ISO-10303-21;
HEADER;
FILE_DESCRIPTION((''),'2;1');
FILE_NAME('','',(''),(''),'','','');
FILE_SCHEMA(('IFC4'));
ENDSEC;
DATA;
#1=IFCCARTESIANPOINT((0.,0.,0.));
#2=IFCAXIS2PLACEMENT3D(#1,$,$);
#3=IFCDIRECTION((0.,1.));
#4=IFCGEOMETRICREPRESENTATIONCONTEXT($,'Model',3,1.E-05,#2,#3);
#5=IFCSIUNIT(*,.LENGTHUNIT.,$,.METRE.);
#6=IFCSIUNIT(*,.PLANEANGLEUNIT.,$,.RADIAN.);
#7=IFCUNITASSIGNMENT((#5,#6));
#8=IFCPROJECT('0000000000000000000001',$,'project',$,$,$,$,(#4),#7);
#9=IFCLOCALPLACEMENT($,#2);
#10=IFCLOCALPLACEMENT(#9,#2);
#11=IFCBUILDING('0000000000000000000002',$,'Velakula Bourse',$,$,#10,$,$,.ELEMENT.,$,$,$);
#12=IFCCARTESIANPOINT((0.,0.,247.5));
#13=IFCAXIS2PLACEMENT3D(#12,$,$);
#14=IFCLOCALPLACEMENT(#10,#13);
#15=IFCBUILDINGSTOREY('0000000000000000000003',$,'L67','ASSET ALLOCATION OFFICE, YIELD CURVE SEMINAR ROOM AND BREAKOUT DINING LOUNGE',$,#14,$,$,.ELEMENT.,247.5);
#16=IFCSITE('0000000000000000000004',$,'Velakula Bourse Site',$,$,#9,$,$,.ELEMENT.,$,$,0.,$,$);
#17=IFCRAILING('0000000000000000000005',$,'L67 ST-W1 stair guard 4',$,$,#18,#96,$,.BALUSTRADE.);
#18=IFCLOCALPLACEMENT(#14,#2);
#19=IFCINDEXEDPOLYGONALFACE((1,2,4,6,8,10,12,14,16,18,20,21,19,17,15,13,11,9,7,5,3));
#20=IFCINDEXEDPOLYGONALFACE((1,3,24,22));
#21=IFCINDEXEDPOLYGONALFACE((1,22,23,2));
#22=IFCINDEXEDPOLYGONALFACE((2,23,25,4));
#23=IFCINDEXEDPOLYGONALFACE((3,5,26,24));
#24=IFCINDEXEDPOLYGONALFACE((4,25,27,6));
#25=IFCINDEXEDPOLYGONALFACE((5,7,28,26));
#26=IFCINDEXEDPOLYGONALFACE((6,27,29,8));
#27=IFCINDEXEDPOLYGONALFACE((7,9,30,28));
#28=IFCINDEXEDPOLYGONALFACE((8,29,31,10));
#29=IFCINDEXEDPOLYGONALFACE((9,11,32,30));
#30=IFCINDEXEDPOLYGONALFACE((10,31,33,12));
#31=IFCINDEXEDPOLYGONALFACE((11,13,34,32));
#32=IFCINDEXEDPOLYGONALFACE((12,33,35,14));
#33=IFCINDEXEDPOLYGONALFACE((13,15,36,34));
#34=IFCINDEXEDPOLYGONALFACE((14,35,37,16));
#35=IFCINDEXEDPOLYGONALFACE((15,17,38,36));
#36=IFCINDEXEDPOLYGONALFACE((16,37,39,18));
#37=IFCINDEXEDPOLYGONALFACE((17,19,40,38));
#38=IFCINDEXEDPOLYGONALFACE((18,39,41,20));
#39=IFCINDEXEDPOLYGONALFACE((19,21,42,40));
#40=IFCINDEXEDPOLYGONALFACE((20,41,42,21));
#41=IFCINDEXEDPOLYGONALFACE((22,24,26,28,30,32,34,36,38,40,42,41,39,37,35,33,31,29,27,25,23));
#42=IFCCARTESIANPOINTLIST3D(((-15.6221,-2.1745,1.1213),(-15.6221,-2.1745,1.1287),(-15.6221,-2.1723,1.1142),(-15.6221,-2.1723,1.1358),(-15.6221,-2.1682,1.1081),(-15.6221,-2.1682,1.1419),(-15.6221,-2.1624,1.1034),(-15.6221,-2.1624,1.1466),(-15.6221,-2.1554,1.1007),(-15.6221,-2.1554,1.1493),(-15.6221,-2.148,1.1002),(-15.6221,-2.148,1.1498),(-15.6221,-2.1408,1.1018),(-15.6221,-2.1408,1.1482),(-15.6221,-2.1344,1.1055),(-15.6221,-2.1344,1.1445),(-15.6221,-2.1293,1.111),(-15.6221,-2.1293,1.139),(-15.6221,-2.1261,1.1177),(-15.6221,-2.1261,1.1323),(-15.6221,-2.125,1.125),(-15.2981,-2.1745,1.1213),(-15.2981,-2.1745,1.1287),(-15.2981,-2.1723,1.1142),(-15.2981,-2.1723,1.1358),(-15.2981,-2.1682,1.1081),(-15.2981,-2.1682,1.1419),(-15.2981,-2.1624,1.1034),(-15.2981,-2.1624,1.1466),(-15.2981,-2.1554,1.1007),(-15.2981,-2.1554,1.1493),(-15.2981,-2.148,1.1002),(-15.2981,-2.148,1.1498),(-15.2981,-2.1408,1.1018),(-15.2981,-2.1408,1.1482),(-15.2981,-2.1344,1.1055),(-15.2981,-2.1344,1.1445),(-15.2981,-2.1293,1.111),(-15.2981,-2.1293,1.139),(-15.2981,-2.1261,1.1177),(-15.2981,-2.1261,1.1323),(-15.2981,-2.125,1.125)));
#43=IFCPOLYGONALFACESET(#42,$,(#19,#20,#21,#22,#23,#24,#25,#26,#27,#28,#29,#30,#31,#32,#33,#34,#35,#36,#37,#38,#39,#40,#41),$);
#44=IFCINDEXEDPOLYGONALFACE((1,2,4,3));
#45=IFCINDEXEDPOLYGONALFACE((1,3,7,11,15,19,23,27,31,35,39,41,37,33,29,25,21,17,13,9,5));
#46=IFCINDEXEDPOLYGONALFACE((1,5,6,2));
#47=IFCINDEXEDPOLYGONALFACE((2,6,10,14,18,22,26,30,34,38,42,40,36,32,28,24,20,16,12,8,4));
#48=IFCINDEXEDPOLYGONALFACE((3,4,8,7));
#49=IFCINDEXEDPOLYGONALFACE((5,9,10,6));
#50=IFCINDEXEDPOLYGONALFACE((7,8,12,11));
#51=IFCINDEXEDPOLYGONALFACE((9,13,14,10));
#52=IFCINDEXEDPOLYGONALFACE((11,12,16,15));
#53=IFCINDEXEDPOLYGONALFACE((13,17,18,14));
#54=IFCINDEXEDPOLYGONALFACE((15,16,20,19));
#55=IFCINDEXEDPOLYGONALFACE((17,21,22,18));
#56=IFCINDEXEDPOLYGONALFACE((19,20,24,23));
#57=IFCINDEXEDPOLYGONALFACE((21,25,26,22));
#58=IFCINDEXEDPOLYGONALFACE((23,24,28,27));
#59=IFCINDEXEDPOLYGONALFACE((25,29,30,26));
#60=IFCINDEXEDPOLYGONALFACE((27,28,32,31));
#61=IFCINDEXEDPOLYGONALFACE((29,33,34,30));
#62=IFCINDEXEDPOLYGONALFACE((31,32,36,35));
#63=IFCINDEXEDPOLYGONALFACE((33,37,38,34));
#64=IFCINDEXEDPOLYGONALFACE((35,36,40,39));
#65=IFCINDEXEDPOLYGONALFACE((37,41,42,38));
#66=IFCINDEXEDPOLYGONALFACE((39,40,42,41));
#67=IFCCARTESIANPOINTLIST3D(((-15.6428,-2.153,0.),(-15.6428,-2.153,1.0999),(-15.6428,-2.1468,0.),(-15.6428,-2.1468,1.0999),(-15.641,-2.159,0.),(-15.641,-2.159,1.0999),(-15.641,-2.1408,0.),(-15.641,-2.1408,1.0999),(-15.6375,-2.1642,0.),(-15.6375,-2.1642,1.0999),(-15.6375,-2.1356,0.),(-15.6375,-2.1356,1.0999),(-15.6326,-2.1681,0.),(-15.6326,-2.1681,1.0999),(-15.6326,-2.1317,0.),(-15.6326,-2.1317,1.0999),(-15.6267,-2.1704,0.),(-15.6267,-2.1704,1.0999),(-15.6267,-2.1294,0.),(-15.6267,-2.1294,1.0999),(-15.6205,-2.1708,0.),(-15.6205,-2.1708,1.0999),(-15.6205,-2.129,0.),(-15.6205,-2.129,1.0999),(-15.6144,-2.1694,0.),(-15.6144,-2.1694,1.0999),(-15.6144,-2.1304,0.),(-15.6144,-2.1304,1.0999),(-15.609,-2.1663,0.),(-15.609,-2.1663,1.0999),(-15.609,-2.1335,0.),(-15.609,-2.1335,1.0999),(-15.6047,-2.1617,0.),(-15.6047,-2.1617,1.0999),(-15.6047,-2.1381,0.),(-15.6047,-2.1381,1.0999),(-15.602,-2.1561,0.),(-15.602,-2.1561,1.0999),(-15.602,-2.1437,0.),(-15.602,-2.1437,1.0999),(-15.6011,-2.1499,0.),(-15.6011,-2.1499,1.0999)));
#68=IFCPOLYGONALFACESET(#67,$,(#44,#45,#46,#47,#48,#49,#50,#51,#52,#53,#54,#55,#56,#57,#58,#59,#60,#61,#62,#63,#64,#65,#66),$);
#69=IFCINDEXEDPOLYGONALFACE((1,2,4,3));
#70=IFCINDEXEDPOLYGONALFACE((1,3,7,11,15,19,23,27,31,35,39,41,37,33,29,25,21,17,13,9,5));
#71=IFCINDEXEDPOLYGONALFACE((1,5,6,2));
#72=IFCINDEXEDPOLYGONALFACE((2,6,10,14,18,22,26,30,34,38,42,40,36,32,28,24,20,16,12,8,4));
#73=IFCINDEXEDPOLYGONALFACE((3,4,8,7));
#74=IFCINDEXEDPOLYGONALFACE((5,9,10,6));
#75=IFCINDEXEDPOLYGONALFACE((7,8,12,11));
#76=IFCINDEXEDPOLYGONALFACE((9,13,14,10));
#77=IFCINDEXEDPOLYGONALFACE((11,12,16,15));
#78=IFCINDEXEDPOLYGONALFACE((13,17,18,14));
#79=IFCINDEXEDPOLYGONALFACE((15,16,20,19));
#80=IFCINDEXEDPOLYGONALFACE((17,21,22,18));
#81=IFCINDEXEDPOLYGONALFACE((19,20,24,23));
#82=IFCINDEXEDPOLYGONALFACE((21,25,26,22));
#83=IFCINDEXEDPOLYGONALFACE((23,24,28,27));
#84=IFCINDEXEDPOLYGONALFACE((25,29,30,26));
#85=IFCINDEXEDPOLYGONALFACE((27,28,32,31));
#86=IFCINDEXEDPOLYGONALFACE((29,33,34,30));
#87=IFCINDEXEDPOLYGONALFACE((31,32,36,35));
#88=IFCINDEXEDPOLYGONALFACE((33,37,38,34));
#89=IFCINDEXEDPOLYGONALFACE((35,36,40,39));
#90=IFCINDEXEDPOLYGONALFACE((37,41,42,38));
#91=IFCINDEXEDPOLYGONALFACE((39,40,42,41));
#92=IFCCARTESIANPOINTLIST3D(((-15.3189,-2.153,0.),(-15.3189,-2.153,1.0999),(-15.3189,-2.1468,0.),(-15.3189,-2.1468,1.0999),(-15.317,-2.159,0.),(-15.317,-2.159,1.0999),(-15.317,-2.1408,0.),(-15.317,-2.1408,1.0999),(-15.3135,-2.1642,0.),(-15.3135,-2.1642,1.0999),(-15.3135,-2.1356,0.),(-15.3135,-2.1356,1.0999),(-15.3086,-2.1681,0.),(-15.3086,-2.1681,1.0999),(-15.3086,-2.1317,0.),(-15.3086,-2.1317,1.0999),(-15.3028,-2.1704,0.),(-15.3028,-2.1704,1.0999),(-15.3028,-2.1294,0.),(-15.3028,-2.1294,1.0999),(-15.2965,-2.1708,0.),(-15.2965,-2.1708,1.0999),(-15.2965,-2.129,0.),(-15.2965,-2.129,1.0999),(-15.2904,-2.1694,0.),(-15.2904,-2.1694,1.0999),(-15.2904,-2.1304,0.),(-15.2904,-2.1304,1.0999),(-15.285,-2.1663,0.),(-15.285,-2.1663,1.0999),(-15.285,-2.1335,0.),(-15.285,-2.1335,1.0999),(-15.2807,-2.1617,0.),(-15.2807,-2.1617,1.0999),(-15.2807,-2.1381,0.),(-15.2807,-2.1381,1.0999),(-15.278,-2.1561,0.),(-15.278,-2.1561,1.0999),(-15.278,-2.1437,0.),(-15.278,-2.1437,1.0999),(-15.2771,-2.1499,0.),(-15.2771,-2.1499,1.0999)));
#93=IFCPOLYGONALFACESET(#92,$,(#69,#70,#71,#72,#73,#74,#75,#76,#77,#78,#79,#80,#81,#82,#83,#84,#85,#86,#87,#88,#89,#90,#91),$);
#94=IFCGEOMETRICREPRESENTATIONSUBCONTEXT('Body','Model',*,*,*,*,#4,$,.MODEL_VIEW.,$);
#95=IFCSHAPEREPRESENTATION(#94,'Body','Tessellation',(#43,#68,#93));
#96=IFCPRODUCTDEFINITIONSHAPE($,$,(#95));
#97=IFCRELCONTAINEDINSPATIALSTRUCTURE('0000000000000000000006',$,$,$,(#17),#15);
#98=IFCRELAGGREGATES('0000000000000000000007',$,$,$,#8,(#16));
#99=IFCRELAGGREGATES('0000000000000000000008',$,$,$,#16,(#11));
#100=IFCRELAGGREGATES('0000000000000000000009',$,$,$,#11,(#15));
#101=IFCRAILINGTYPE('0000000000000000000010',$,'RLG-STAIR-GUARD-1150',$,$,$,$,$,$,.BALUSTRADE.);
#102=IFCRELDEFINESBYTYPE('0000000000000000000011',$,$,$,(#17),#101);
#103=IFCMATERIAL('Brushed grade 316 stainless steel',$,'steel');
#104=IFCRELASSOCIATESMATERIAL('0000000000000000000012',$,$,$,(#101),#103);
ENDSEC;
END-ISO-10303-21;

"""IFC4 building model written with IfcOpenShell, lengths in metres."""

from ifc_helpers import new_model, si_unit, direction, frame, origin, origin_2d, place, context, subcontext, project, spatial, circle, extrude, material, type_object, element, save


model = new_model("IFC4")

# Units and contexts
model_context = context("Model", 3, precision=1e-05, world=origin(), true_north=direction((0.0, 1.0)))
body_context = subcontext(model_context, "Body", "Model", "MODEL_VIEW")
ifc_project = project(units=[si_unit("LENGTHUNIT", "METRE"), si_unit("PLANEANGLEUNIT", "RADIAN")], contexts=[model_context])

# Site, building, storey
site_placement = place(None, origin())
site = spatial("IfcSite", under=ifc_project, at=site_placement, Name="Velakula Bourse Site", CompositionType="ELEMENT", RefElevation=0.0)
building_placement = place(site_placement, origin())
building = spatial("IfcBuilding", under=site, at=building_placement, Name="Velakula Bourse", CompositionType="ELEMENT")
storey_placement = place(building_placement, frame((0.0, 0.0, 247.5)))
storey = spatial("IfcBuildingStorey", under=building, at=storey_placement, Name="L67", Description="ASSET ALLOCATION OFFICE, YIELD CURVE SEMINAR ROOM AND BREAKOUT DINING LOUNGE", CompositionType="ELEMENT", Elevation=247.5)

# Shared definitions
ifc_material_1 = material(Name="Brushed grade 316 stainless steel", Category="steel")

# Railing
railing_type_1 = type_object("IfcRailingType", Name="RLG-STAIR-GUARD-1150", PredefinedType="BALUSTRADE", material=ifc_material_1)
railing_1_placement = place(storey_placement, frame((-15.6221, -2.1499, 0.0)))
element("IfcRailing", 1, at=railing_1_placement, inside=storey, type_object=railing_type_1, Name="L67 ST-W1 stair guard 4", PredefinedType="BALUSTRADE", context=body_context, shape_type="SweptSolid", body=[
    extrude(circle(Radius=0.0249, at=origin_2d()), frame((0.0, 0.0, 1.125), z_axis=(1.0, 0.0, 0.0), x_axis=(0.0, 1.0, 0.0)), (0.0, 0.0, 1.0), 0.324),
    extrude(circle(Radius=0.021, at=origin_2d()), origin(), (0.0, 0.0, 1.0), 1.0999),
    extrude(circle(Radius=0.021, at=origin_2d()), frame((0.324, 0.0, 0.0)), (0.0, 0.0, 1.0), 1.0999),
])

save(model, "model.ifc")
